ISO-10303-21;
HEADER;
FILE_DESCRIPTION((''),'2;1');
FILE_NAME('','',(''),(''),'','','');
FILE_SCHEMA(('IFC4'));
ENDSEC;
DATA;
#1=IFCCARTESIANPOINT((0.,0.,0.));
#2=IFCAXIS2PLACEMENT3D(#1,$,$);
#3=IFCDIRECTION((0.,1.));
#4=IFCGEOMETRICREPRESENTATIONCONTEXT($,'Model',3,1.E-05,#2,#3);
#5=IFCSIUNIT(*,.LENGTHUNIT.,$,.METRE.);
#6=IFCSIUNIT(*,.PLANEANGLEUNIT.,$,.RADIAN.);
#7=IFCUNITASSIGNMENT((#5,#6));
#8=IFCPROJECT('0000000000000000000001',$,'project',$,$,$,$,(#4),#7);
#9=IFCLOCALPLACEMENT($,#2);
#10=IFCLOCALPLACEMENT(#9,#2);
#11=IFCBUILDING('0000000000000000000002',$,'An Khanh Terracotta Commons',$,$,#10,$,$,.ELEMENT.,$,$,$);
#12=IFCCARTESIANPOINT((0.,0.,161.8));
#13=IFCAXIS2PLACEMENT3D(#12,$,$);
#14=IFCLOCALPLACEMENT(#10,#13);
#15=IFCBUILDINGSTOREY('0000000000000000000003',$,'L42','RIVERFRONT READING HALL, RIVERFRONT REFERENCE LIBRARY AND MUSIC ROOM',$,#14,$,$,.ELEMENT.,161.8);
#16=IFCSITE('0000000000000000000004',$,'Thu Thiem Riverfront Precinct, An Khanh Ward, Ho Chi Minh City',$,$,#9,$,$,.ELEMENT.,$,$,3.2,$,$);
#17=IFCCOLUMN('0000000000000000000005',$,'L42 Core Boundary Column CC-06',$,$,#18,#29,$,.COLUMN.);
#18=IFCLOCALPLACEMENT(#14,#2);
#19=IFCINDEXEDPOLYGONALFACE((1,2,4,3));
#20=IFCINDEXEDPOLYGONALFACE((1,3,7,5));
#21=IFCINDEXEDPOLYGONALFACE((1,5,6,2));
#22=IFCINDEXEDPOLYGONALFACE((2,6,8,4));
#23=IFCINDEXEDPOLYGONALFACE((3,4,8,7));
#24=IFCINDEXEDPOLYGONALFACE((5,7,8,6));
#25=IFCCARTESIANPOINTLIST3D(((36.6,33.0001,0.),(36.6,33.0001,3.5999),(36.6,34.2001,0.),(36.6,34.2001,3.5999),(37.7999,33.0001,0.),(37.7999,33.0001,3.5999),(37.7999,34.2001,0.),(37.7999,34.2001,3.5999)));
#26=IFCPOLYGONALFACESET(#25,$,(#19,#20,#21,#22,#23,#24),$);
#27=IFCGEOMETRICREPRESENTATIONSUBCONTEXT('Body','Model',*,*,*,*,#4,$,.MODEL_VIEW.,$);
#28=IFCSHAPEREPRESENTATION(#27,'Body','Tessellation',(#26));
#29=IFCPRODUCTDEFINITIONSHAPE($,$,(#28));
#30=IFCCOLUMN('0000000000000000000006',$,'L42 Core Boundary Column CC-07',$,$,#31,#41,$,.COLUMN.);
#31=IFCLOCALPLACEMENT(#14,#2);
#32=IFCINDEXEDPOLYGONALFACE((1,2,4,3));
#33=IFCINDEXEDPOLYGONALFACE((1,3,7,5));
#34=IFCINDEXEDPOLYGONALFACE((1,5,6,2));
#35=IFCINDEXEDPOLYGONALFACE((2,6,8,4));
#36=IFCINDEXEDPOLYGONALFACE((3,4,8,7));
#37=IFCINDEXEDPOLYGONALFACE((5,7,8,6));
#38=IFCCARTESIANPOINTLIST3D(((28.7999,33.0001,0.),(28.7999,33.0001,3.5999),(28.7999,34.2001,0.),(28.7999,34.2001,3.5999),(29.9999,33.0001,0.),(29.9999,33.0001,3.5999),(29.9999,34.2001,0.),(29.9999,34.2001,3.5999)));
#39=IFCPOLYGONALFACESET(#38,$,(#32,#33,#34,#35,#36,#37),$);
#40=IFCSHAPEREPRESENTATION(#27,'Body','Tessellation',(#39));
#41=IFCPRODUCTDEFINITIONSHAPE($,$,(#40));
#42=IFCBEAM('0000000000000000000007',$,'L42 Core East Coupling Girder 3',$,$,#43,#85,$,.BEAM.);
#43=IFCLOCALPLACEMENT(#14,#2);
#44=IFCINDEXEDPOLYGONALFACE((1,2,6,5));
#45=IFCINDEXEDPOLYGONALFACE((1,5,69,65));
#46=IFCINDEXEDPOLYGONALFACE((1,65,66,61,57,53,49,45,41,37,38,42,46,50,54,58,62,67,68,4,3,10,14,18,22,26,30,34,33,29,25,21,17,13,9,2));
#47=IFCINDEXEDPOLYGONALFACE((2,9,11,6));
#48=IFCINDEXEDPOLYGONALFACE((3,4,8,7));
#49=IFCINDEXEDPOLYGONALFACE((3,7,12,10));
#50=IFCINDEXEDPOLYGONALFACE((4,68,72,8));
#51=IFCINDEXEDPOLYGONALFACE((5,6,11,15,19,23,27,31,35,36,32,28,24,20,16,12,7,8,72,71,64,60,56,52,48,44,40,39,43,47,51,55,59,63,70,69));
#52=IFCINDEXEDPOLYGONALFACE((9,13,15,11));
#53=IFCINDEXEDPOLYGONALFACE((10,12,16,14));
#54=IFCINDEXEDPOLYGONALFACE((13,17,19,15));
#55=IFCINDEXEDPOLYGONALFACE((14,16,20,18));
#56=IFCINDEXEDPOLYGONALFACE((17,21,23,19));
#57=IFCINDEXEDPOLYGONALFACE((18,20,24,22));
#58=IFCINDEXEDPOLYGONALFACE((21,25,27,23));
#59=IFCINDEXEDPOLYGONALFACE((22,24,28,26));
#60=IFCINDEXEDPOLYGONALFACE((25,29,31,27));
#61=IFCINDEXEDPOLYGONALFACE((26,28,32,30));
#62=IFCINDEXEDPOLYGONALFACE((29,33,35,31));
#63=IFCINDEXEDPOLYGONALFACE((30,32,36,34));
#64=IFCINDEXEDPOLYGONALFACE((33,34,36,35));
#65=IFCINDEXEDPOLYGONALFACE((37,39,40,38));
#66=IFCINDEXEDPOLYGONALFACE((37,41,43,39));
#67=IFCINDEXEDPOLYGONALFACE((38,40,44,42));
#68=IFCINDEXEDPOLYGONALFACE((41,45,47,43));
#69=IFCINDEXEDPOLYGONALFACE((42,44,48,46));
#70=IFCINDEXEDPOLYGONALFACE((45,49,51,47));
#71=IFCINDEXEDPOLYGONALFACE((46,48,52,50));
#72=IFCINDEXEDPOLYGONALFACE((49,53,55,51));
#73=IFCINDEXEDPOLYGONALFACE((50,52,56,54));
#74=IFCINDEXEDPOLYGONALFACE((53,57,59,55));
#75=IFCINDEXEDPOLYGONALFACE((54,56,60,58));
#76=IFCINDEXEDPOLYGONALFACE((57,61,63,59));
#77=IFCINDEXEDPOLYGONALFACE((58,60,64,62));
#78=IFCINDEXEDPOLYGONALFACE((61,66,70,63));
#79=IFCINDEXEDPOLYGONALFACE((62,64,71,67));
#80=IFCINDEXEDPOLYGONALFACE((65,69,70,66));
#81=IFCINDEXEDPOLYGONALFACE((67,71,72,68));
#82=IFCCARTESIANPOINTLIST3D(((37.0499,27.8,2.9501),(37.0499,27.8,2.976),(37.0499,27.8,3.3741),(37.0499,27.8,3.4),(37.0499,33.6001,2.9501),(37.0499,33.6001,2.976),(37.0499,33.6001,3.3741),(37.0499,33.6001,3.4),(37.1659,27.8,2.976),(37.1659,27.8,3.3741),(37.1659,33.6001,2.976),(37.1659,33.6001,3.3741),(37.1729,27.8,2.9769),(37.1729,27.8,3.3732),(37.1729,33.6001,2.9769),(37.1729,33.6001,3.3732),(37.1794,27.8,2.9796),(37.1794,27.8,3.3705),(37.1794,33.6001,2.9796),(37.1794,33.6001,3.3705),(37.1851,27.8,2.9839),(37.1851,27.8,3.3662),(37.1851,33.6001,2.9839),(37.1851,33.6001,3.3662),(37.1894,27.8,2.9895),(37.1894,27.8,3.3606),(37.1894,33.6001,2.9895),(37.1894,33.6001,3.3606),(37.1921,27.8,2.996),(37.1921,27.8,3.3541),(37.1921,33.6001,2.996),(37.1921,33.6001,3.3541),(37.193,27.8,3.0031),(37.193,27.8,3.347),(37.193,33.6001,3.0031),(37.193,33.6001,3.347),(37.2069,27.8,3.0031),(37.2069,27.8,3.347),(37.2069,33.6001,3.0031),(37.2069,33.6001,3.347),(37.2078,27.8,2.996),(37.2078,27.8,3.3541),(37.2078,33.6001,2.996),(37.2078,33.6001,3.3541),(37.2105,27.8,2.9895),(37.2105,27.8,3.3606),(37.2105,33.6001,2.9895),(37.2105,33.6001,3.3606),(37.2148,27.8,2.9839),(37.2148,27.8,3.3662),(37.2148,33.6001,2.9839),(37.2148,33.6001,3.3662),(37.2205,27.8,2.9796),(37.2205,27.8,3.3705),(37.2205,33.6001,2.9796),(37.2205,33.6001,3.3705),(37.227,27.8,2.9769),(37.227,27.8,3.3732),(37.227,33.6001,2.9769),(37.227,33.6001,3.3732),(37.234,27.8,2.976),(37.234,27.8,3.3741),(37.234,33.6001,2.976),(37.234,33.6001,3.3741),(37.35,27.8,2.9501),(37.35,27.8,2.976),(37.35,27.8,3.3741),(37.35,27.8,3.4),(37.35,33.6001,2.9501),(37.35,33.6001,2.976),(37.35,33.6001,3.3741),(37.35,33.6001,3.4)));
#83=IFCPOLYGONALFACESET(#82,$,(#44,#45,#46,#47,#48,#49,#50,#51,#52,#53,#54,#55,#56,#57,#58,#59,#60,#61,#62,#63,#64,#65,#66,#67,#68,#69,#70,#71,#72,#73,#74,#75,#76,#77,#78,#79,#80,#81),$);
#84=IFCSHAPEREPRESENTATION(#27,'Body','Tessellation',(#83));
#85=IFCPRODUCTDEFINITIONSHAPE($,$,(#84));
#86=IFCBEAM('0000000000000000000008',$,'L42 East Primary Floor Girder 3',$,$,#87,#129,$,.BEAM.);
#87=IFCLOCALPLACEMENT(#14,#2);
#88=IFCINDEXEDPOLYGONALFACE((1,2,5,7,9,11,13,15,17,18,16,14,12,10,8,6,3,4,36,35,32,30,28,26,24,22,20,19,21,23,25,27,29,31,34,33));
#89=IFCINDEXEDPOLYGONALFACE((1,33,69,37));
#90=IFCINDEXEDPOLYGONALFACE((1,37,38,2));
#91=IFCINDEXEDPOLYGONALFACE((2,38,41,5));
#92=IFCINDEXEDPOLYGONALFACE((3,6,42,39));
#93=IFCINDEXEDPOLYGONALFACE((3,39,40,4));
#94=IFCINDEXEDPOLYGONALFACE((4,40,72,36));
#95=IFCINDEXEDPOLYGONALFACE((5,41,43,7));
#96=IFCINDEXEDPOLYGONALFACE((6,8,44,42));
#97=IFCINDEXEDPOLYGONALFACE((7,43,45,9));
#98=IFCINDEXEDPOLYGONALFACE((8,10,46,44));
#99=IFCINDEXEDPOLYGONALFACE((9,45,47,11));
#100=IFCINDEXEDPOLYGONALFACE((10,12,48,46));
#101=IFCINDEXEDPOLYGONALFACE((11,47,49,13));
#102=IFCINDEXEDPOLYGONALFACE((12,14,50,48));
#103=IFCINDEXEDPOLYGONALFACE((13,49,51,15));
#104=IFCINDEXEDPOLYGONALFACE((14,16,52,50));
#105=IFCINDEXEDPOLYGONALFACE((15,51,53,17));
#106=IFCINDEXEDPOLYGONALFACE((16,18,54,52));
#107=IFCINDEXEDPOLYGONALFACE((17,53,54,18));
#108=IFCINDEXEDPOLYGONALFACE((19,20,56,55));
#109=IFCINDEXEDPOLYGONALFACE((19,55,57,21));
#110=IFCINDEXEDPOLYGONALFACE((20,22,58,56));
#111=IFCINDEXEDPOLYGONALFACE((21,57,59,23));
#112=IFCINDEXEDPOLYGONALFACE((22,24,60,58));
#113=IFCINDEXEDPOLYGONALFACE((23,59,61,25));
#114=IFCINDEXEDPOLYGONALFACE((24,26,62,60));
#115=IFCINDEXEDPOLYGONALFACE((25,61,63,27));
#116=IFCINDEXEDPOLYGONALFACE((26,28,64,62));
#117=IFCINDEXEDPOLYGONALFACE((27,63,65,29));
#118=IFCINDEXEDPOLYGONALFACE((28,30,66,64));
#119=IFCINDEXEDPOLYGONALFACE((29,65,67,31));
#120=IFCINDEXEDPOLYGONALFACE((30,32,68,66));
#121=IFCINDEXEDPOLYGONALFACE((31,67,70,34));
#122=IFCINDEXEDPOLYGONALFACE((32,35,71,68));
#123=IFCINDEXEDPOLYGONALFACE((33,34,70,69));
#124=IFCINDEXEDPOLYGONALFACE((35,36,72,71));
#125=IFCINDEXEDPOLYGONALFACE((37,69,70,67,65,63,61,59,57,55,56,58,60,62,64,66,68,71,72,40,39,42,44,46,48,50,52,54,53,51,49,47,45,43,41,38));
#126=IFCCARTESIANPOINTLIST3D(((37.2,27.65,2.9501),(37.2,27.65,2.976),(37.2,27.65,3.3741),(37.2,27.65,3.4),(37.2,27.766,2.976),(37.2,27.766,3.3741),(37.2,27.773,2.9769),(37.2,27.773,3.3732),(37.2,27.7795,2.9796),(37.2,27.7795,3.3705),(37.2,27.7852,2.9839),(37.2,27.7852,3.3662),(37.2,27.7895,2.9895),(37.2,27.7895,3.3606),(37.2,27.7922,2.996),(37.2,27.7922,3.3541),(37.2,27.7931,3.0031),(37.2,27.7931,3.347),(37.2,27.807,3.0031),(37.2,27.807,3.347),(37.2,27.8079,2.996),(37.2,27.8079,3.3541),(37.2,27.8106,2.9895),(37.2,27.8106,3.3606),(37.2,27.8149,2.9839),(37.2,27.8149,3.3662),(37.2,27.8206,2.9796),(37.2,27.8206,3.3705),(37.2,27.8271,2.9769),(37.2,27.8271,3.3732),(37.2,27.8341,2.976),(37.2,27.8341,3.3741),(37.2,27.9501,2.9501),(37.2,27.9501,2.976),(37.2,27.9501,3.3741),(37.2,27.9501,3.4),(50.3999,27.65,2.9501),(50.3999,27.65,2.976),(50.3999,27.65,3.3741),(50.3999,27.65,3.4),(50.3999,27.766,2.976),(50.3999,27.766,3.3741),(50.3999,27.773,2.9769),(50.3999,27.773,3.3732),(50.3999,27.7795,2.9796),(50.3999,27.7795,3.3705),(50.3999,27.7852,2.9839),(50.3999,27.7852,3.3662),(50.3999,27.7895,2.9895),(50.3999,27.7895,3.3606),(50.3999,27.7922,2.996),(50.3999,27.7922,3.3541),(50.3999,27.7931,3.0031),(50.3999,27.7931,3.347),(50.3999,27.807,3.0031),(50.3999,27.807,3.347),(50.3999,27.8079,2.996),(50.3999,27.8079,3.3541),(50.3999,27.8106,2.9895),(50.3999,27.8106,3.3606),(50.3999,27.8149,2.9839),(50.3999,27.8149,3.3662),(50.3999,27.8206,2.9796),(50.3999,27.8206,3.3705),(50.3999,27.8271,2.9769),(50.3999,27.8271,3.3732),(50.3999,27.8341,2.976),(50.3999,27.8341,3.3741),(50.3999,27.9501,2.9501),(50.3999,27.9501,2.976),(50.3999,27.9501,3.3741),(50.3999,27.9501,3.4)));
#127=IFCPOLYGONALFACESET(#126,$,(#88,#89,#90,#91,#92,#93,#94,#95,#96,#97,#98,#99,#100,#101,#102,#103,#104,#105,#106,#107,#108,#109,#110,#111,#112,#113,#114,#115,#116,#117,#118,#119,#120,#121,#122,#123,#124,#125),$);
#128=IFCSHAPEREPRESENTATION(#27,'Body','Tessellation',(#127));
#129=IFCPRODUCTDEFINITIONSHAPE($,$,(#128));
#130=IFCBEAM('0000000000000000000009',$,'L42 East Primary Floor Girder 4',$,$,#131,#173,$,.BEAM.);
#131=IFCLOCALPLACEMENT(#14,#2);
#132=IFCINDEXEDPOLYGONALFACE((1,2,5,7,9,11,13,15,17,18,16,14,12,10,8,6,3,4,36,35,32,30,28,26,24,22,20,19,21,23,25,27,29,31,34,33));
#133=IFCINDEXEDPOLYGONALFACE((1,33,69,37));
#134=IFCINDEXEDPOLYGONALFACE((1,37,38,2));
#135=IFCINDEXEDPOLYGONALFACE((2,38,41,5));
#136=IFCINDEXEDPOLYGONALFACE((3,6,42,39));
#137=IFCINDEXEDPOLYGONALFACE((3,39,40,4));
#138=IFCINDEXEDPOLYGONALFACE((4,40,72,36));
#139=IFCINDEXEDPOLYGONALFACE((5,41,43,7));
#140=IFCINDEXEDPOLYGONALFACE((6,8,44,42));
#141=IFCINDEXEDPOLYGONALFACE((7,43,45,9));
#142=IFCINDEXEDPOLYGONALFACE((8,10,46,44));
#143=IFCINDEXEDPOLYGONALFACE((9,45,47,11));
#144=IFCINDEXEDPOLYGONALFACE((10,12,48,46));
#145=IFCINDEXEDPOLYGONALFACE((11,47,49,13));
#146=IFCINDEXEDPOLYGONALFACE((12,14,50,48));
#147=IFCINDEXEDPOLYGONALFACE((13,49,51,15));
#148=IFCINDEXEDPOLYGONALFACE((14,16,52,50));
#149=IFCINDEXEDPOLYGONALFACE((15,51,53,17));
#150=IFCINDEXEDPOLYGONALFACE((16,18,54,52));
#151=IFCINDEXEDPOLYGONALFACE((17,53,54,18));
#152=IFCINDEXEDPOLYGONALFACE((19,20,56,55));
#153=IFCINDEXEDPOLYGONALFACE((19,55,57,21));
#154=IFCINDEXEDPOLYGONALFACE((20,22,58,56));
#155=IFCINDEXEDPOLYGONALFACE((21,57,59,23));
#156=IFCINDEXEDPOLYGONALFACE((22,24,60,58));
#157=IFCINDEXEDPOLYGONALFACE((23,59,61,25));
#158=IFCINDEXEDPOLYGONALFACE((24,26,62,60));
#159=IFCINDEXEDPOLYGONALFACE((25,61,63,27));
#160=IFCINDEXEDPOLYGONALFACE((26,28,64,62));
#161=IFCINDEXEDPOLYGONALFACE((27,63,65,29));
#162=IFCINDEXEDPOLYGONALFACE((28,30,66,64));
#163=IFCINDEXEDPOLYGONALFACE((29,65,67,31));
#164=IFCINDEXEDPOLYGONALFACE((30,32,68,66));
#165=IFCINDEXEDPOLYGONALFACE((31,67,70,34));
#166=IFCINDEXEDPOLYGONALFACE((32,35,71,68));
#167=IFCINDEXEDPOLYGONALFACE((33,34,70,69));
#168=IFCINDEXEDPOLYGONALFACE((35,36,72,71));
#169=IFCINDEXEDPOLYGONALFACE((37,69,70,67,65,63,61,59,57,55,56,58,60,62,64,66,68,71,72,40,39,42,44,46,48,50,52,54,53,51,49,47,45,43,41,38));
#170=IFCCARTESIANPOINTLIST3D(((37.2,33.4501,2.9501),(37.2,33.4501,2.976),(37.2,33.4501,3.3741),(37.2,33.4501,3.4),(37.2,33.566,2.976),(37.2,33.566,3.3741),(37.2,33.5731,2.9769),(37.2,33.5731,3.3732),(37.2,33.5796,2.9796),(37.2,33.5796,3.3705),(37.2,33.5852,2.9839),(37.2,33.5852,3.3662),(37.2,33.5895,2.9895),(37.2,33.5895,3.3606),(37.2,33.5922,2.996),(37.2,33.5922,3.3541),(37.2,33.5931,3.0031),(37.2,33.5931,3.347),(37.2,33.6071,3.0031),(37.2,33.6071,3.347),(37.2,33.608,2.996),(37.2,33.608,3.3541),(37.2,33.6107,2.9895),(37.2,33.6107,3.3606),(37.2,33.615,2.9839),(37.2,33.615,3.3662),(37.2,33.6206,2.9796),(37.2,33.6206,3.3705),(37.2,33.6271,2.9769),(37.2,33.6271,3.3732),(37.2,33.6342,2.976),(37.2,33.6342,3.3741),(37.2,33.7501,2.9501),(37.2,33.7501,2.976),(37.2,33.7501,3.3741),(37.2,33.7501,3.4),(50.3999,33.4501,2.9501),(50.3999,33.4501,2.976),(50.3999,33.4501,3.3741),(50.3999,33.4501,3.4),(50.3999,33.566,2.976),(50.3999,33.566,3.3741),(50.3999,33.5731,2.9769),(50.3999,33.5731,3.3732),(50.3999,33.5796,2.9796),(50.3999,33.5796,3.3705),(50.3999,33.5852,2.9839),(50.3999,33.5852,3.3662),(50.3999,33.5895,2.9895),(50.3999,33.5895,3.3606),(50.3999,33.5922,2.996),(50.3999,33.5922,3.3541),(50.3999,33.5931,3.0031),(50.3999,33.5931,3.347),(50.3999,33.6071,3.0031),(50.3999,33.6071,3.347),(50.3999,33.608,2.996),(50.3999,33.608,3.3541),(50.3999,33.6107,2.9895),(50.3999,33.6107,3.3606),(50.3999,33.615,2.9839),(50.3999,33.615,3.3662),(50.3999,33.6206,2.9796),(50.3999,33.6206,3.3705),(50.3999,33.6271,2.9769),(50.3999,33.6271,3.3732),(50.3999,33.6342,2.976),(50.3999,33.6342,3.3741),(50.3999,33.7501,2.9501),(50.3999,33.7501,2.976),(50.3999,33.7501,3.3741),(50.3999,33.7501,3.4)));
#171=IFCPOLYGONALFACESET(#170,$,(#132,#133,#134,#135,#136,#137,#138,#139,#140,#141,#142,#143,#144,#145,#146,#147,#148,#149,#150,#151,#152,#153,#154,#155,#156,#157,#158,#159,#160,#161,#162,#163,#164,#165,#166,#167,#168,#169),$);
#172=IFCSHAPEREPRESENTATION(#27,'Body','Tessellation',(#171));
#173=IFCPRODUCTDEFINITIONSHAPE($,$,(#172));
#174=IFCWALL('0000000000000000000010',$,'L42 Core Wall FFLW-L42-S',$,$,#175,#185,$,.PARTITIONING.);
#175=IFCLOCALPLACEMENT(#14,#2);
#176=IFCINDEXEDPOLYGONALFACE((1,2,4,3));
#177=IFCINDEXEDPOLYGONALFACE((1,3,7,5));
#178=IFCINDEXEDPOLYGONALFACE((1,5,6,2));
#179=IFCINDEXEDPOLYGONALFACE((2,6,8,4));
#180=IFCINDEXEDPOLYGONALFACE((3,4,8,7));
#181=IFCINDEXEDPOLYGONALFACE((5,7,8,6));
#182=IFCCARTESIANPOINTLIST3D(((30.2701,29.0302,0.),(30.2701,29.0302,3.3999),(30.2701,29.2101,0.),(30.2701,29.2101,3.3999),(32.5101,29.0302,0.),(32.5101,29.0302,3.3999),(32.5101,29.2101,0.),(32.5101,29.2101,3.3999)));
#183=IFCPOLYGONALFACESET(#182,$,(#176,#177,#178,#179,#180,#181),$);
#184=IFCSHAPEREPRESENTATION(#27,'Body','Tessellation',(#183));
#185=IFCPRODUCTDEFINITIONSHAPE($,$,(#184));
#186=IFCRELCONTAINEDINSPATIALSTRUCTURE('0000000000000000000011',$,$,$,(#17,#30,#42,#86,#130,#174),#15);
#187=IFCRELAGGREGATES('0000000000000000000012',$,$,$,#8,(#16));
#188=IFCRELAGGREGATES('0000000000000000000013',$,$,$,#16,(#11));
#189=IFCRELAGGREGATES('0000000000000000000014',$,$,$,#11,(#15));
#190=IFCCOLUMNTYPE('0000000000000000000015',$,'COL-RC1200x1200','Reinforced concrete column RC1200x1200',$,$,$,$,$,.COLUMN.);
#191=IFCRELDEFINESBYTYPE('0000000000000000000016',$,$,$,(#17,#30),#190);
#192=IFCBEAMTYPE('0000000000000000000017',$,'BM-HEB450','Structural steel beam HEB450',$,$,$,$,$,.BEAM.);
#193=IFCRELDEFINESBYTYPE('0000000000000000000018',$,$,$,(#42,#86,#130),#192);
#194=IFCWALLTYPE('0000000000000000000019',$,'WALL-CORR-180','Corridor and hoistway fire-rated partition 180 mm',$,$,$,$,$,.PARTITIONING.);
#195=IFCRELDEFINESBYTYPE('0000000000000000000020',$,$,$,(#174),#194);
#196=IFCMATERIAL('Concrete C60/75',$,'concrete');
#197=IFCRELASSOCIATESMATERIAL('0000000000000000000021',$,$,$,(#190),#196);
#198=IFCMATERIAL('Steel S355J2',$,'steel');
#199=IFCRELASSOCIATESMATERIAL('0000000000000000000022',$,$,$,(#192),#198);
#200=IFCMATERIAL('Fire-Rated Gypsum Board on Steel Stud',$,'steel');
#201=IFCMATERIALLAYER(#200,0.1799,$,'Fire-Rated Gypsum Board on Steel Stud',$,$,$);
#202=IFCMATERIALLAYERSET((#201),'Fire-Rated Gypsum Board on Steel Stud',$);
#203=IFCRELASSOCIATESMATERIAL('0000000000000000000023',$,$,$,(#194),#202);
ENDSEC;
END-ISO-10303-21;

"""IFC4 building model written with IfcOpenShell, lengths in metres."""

from ifc_helpers import new_model, si_unit, direction, frame, frame_2d, origin, origin_2d, place, context, subcontext, project, spatial, rectangle, i_section, extrude, material, layer, layer_set, material_profile, profile_set, type_object, element, save


model = new_model("IFC4")

# Units and contexts
model_context = context("Model", 3, precision=1e-05, world=origin(), true_north=direction((0.0, 1.0)))
body_context = subcontext(model_context, "Body", "Model", "MODEL_VIEW")
ifc_project = project(units=[si_unit("LENGTHUNIT", "METRE"), si_unit("PLANEANGLEUNIT", "RADIAN")], contexts=[model_context])

# Site, building, storey
site_placement = place(None, origin())
site = spatial("IfcSite", under=ifc_project, at=site_placement, Name="Thu Thiem Riverfront Precinct, An Khanh Ward, Ho Chi Minh City", CompositionType="ELEMENT", RefElevation=3.2)
building_placement = place(site_placement, origin())
building = spatial("IfcBuilding", under=site, at=building_placement, Name="An Khanh Terracotta Commons", CompositionType="ELEMENT")
storey_placement = place(building_placement, frame((0.0, 0.0, 161.8)))
storey = spatial("IfcBuildingStorey", under=building, at=storey_placement, Name="L42", Description="RIVERFRONT READING HALL, RIVERFRONT REFERENCE LIBRARY AND MUSIC ROOM", CompositionType="ELEMENT", Elevation=161.8)

# Columns
ifc_material_1 = material(Name="Concrete C60/75", Category="concrete")
ifc_material_profile_1 = material_profile(ifc_material_1, rectangle(XDim=1.2, YDim=1.2, at=origin_2d()), Name="RC1200x1200")
ifc_profile_set_1 = profile_set([ifc_material_profile_1], Name="Concrete C60/75")
column_type = type_object("IfcColumnType", Name="COL-RC1200x1200", Description="Reinforced concrete column RC1200x1200", PredefinedType="COLUMN", material=ifc_profile_set_1)
for number, where, z_axis, x_axis, name in (
    (1, (37.2, 33.6001, 0.0), (0.0, 0.0, 1.0), (1.0, 0.0, 0.0), "L42 Core Boundary Column CC-06"),
    (2, (29.3999, 33.6001, 0.0), (0.0, 0.0, 1.0), (1.0, 0.0, 0.0), "L42 Core Boundary Column CC-07"),
):
    element("IfcColumn", number, at=place(storey_placement, frame(where, z_axis=z_axis, x_axis=x_axis)), inside=storey, type_object=column_type, Name=name, PredefinedType="COLUMN", context=body_context, shape_type="SweptSolid", body=[
        extrude(rectangle(XDim=1.2, YDim=1.2, at=origin_2d()), origin(), (0.0, 0.0, 1.0), 3.5999),
    ])

# Beams
ifc_material_2 = material(Name="Steel S355J2", Category="steel")
ifc_material_profile_2 = material_profile(ifc_material_2, i_section(OverallWidth=0.3, OverallDepth=0.45, WebThickness=0.0139, FlangeThickness=0.0259, FilletRadius=0.0271, at=origin_2d()), Name="HEB450")
ifc_profile_set_2 = profile_set([ifc_material_profile_2], Name="Steel S355J2")
beam_type = type_object("IfcBeamType", Name="BM-HEB450", Description="Structural steel beam HEB450", PredefinedType="BEAM", material=ifc_profile_set_2)
beam_placement = place(storey_placement, frame((37.2, 27.8, 3.175), z_axis=(0.0, 1.0, 0.0), x_axis=(-1.0, 0.0, 0.0)))
element("IfcBeam", 3, at=beam_placement, inside=storey, type_object=beam_type, Name="L42 Core East Coupling Girder 3", PredefinedType="BEAM", context=body_context, shape_type="SweptSolid", body=[
    extrude(i_section(OverallWidth=0.3, OverallDepth=0.45, WebThickness=0.0139, FlangeThickness=0.0259, FilletRadius=0.0271, at=origin_2d()), origin(), (0.0, 0.0, 1.0), 5.8),
])
for number, where, z_axis, x_axis, name in (
    (4, (37.2, 27.8, 3.175), (1.0, 0.0, 0.0), (0.0, 1.0, 0.0), "L42 East Primary Floor Girder 3"),
    (5, (37.2, 33.6001, 3.175), (1.0, 0.0, 0.0), (0.0, 1.0, 0.0), "L42 East Primary Floor Girder 4"),
):
    element("IfcBeam", number, at=place(storey_placement, frame(where, z_axis=z_axis, x_axis=x_axis)), inside=storey, type_object=beam_type, Name=name, PredefinedType="BEAM", context=body_context, shape_type="SweptSolid", body=[
        extrude(i_section(OverallWidth=0.3, OverallDepth=0.45, WebThickness=0.0139, FlangeThickness=0.0259, FilletRadius=0.0271, at=origin_2d()), origin(), (0.0, 0.0, 1.0), 13.2),
    ])

# Wall
ifc_material_3 = material(Name="Fire-Rated Gypsum Board on Steel Stud", Category="steel")
ifc_layer_1 = layer(ifc_material_3, 0.1799, Name="Fire-Rated Gypsum Board on Steel Stud")
ifc_layer_set_1 = layer_set([ifc_layer_1], Name="Fire-Rated Gypsum Board on Steel Stud")
wall_type_1 = type_object("IfcWallType", Name="WALL-CORR-180", Description="Corridor and hoistway fire-rated partition 180 mm", PredefinedType="PARTITIONING", material=ifc_layer_set_1)
wall_1_placement = place(storey_placement, frame((30.27, 29.1201, 0.0), z_axis=(0.0, 0.0, 1.0), x_axis=(1.0, 0.0, 0.0)))
element("IfcWall", 6, at=wall_1_placement, inside=storey, type_object=wall_type_1, Name="L42 Core Wall FFLW-L42-S", PredefinedType="PARTITIONING", context=body_context, shape_type="SweptSolid", body=[
    extrude(rectangle(XDim=2.24, YDim=0.1799, at=frame_2d((1.1201, 0.0))), origin(), (0.0, 0.0, 1.0), 3.3999),
])

save(model, "model.ifc")
